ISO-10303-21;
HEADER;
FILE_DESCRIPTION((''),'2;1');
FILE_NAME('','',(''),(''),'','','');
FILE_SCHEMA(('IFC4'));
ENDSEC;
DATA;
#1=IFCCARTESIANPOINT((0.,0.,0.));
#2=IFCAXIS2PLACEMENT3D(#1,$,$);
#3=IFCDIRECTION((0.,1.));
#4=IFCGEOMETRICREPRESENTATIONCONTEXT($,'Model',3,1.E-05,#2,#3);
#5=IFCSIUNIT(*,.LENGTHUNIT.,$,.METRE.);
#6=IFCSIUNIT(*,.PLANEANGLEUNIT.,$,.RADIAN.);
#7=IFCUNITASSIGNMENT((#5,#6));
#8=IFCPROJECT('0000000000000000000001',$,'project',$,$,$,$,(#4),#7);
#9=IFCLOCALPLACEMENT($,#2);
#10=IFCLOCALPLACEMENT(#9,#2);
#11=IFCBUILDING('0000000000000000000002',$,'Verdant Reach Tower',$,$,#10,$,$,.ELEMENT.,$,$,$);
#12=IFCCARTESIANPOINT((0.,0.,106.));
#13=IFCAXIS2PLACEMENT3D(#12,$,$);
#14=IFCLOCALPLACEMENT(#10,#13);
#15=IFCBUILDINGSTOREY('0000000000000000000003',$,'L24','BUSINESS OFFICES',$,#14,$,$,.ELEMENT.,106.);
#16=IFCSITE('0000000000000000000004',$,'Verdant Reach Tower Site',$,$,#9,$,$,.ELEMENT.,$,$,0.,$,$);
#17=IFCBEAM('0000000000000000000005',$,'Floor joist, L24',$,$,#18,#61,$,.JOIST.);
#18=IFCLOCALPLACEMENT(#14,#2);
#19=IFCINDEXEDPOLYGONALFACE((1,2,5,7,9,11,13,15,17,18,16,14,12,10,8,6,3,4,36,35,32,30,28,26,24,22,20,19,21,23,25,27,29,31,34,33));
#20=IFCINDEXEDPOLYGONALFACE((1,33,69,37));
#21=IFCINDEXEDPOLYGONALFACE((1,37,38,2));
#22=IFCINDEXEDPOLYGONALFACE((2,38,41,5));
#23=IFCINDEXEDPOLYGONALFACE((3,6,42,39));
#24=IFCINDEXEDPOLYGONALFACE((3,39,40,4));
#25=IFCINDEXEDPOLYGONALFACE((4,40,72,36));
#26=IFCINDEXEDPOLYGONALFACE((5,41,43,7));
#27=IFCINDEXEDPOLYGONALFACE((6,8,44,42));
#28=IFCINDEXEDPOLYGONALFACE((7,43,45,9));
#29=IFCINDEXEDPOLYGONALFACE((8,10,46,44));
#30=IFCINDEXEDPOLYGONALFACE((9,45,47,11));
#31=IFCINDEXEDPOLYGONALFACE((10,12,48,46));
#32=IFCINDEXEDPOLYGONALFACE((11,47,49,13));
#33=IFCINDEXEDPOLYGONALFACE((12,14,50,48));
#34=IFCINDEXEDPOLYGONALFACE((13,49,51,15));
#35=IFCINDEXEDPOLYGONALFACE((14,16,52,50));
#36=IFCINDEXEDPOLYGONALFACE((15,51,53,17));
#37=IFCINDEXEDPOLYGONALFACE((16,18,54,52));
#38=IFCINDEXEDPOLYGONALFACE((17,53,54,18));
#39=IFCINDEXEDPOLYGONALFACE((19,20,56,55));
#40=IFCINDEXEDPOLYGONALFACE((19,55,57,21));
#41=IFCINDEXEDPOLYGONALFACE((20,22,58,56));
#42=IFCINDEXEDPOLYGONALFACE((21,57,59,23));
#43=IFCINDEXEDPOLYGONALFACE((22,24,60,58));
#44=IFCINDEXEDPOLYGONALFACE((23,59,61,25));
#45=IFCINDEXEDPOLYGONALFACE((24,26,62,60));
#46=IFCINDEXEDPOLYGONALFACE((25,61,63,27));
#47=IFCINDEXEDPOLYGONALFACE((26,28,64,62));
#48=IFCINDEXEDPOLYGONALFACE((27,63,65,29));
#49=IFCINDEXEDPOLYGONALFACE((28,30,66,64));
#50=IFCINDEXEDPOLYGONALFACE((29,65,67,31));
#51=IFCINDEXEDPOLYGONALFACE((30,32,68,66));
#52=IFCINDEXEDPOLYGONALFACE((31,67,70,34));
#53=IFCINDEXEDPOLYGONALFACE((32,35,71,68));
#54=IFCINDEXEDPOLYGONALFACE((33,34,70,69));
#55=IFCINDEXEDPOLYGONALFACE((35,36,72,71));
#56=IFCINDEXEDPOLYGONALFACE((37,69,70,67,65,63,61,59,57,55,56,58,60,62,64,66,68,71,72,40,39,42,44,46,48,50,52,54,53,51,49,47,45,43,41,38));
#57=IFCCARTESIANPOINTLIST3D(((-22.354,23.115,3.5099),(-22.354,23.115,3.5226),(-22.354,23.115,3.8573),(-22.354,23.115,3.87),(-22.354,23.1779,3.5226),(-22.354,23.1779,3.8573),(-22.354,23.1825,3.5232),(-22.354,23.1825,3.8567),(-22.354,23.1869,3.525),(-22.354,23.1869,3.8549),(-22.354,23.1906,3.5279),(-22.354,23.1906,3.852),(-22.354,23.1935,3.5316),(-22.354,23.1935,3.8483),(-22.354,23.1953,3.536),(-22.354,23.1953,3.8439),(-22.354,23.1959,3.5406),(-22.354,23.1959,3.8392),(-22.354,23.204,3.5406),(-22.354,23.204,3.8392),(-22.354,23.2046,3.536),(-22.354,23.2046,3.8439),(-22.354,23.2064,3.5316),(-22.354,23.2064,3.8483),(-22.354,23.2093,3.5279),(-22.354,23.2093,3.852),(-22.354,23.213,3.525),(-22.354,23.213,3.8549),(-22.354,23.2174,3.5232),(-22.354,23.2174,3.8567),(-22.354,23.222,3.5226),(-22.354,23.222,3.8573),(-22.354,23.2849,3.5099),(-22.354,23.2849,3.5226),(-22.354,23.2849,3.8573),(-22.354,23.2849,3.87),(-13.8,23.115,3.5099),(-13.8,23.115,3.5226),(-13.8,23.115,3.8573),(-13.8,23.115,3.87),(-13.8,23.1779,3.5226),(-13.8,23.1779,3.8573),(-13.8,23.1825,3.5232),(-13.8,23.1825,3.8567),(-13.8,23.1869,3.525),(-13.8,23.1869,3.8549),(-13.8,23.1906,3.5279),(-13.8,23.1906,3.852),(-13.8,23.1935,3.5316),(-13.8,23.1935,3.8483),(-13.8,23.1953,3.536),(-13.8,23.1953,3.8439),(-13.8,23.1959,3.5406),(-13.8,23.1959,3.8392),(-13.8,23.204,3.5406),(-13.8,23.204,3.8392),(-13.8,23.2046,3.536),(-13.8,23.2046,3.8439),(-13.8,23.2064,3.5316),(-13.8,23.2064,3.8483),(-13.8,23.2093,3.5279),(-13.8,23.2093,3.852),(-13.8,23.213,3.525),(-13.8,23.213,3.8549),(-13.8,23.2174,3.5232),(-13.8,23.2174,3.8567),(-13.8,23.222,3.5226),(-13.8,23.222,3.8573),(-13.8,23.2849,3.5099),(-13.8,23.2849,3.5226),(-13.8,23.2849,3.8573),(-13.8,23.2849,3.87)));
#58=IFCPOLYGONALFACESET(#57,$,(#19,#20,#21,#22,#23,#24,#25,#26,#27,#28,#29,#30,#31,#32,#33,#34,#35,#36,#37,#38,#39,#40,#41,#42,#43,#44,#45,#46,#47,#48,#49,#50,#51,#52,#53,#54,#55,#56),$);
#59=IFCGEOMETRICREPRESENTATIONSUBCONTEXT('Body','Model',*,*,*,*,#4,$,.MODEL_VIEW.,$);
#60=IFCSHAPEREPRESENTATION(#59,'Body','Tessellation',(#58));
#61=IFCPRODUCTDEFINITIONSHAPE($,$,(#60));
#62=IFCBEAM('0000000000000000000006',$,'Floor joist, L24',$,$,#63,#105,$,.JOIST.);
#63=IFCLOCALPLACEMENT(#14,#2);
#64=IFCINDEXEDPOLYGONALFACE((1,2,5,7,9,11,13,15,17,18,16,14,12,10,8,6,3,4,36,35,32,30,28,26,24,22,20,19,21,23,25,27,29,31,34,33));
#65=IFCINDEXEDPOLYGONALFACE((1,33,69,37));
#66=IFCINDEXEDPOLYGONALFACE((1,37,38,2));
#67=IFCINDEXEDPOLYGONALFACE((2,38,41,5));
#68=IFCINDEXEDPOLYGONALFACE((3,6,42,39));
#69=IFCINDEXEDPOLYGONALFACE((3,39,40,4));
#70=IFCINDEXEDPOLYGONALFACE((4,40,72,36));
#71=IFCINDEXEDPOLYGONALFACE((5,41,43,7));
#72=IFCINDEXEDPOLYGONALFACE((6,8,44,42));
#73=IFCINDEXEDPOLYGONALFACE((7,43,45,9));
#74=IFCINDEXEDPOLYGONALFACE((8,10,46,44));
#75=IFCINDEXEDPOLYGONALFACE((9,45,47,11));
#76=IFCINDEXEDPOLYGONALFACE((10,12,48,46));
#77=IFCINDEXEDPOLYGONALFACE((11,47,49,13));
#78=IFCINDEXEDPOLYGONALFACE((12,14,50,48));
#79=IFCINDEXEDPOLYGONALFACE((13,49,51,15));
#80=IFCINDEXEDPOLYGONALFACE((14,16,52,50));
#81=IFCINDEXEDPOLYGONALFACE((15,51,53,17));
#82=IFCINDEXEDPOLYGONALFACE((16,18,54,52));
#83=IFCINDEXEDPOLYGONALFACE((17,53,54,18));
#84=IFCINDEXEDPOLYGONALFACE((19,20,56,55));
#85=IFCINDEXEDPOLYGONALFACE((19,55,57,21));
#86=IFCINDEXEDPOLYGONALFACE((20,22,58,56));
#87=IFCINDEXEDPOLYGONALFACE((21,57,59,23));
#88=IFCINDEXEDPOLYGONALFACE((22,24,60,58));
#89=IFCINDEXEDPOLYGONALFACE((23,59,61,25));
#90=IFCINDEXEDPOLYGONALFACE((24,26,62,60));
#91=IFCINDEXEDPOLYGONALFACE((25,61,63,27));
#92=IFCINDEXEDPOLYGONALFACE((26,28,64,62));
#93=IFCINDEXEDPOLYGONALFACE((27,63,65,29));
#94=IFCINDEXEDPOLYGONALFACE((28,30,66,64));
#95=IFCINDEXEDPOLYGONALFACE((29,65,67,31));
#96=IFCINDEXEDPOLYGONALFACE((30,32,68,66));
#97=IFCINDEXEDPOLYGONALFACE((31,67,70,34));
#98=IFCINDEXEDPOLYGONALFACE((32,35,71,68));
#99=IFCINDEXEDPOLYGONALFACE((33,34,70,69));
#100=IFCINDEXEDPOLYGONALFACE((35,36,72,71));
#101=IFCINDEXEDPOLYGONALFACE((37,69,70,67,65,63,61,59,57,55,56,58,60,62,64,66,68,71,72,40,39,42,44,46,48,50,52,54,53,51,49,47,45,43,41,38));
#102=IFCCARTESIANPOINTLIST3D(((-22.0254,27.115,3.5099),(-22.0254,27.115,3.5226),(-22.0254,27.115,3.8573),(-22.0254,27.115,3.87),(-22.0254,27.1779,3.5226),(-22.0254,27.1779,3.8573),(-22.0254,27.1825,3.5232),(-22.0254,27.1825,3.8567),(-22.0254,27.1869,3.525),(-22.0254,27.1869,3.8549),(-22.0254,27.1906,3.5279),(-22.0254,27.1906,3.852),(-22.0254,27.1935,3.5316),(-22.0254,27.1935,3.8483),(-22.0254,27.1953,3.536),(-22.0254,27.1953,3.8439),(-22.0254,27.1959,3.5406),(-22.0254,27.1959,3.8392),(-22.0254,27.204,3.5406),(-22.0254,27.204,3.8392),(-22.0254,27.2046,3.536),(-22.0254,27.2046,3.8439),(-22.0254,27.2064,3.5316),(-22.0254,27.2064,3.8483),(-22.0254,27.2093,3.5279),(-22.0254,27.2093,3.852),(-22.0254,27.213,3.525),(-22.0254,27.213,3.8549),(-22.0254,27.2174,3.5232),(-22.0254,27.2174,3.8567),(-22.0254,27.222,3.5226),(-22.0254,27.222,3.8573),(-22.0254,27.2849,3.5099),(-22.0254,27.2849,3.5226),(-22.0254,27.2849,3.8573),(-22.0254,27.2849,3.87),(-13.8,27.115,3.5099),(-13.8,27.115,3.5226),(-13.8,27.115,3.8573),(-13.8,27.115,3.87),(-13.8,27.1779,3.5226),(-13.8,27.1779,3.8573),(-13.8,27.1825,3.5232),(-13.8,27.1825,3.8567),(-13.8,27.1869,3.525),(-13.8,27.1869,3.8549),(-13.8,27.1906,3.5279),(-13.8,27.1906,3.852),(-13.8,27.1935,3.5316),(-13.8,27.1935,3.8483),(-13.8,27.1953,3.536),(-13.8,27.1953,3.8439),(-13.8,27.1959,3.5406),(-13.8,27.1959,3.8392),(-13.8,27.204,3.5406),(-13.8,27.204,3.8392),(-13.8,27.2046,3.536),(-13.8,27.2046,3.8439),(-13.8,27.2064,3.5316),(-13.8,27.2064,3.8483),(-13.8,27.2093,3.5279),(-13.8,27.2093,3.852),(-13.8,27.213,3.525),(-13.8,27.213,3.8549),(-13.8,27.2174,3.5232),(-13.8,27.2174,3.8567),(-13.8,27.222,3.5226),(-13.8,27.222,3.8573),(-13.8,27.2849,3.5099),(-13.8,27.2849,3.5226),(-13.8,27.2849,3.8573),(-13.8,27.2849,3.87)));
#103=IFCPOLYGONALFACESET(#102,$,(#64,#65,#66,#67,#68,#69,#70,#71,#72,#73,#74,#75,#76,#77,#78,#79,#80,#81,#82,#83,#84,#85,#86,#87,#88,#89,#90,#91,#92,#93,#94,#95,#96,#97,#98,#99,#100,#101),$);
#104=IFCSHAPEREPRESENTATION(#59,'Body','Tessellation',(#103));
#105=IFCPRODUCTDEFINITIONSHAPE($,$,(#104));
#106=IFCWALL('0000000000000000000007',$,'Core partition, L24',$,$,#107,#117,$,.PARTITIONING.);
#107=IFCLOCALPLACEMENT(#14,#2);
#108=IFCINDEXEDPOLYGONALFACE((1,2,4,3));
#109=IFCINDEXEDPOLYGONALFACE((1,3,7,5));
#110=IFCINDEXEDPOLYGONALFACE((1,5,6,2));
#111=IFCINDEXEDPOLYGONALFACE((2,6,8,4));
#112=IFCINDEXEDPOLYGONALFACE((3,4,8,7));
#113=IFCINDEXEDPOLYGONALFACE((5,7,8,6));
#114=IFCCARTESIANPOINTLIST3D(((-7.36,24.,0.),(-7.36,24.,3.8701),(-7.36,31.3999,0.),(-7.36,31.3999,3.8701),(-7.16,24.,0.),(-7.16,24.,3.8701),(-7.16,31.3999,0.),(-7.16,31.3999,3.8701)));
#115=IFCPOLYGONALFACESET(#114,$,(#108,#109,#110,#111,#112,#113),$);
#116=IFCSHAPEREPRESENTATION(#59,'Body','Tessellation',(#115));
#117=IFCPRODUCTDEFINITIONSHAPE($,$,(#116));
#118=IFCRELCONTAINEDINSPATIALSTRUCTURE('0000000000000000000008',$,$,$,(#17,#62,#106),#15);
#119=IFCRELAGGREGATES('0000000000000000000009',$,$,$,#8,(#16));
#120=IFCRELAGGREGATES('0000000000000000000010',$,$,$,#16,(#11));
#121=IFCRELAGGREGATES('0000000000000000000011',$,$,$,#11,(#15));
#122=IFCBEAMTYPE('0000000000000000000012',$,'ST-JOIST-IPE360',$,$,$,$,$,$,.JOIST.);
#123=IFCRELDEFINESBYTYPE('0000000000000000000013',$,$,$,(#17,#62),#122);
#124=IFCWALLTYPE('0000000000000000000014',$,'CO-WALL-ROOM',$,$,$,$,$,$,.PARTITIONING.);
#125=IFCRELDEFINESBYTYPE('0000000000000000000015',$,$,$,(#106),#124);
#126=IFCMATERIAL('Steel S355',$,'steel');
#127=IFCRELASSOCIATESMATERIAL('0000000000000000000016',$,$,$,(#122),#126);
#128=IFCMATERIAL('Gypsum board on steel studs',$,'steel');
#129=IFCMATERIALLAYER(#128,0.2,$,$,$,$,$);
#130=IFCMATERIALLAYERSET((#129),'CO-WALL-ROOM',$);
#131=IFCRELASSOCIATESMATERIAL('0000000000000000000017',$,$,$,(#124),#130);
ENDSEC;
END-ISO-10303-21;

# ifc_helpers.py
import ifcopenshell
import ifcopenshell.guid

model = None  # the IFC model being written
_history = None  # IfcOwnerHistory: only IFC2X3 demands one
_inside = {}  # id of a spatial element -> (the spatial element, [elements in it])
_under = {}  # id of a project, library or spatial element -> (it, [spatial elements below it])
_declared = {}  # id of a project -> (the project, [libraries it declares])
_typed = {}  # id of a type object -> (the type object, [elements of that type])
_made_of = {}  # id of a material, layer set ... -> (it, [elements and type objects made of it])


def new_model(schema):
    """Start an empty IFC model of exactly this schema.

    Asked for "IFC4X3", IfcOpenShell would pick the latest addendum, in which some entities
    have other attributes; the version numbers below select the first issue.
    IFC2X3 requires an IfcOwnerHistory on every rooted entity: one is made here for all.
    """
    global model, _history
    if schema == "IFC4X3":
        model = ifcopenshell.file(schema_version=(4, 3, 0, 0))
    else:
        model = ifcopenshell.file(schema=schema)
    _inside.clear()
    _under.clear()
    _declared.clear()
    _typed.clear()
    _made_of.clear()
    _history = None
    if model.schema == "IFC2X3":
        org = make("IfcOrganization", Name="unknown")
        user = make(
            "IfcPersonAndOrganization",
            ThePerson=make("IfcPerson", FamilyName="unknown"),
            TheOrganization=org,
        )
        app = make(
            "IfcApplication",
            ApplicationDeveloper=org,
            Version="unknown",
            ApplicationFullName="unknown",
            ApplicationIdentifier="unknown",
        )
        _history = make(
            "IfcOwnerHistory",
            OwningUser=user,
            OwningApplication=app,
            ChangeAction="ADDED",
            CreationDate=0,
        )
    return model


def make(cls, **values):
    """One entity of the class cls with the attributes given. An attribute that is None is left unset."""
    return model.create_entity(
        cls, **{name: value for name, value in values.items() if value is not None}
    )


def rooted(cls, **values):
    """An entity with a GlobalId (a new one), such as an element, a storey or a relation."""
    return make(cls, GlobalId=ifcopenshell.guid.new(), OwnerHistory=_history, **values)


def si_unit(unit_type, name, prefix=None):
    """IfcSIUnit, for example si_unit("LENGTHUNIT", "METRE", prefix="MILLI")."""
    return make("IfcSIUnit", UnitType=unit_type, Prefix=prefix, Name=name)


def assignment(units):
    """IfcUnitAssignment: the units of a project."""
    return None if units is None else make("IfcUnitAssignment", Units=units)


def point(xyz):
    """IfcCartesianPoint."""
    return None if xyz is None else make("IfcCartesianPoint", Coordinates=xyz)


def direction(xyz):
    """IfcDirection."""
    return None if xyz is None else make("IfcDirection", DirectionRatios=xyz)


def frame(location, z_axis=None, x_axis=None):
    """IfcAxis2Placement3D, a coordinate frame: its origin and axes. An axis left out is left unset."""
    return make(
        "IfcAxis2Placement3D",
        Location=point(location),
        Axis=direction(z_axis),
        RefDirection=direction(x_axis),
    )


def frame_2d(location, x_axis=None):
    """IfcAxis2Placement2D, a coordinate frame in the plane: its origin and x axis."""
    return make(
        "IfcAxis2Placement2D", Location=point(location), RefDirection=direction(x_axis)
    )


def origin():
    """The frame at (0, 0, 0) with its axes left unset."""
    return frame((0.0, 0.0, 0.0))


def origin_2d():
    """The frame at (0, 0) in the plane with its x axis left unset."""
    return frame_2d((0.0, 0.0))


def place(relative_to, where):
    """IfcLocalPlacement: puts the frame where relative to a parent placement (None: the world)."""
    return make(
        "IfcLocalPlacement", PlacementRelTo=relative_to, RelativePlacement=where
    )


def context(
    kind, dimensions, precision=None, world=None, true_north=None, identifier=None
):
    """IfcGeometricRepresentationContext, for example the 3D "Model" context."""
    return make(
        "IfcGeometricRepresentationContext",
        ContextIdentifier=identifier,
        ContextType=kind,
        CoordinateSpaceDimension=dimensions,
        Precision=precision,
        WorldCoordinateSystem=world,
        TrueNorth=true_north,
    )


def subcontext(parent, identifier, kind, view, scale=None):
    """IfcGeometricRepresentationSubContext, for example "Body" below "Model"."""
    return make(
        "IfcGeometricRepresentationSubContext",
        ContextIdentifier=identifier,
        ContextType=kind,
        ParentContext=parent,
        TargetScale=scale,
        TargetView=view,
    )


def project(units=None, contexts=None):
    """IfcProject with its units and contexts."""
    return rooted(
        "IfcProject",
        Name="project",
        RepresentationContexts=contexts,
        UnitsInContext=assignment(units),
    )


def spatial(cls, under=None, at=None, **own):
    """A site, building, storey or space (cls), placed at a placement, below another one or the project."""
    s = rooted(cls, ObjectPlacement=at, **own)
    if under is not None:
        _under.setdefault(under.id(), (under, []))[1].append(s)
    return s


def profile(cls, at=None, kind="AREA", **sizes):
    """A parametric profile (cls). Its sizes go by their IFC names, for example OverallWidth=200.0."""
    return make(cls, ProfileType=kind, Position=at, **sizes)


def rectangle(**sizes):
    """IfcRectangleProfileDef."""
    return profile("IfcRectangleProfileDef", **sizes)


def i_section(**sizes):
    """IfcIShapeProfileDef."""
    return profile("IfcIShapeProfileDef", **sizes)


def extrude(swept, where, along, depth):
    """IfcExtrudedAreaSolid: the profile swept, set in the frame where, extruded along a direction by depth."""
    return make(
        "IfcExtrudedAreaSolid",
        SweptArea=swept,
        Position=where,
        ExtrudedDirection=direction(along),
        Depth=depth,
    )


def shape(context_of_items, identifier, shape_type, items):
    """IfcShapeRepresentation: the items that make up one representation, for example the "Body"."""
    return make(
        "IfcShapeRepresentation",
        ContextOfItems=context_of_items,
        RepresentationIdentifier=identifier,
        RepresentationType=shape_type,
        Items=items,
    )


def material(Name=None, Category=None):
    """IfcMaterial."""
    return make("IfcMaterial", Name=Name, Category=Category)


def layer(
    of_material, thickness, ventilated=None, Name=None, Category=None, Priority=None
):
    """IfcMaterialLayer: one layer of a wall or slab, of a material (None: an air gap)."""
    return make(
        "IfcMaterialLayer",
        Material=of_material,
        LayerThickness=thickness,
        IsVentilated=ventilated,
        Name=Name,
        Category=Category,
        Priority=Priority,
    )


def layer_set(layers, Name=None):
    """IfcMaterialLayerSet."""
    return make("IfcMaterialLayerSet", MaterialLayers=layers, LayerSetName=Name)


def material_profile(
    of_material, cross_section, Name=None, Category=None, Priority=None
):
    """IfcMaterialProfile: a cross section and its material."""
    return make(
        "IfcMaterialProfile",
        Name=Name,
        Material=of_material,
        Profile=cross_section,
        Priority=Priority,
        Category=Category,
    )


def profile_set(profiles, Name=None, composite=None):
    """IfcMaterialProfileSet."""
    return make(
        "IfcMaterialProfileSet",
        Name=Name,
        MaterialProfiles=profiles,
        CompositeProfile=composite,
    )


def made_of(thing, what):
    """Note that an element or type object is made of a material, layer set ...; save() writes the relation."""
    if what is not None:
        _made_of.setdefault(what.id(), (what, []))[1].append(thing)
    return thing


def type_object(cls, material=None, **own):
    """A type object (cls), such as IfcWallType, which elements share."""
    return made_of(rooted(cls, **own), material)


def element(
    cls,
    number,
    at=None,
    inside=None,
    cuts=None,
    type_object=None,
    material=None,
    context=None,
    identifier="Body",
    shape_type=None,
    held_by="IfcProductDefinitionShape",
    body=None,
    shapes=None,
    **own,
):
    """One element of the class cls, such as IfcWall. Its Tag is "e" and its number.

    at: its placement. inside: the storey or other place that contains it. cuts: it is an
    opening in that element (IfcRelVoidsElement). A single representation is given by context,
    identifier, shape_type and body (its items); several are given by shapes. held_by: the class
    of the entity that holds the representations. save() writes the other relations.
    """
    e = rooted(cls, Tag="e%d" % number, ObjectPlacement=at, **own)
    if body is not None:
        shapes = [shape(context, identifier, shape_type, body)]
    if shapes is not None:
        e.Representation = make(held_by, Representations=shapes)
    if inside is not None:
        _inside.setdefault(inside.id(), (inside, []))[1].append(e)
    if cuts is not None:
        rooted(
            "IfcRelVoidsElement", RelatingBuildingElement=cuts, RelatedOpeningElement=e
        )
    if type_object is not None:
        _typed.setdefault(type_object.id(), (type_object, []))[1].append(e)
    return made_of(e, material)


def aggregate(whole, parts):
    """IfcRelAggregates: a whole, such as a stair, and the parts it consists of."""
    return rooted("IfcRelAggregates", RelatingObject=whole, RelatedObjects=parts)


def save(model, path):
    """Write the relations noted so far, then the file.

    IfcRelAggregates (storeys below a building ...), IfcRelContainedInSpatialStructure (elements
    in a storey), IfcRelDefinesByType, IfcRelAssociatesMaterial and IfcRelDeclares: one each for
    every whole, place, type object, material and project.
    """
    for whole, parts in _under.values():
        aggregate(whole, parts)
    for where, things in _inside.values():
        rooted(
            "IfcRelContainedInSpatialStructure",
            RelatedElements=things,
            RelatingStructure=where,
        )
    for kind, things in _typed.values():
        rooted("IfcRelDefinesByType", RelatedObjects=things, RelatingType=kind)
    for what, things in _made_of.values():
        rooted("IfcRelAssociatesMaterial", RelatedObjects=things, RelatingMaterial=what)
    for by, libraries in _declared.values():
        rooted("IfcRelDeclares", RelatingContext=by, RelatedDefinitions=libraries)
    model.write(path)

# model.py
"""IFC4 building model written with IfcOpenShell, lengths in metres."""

from ifc_helpers import new_model, si_unit, direction, frame, frame_2d, origin, origin_2d, place, context, subcontext, project, spatial, rectangle, i_section, extrude, material, layer, layer_set, material_profile, profile_set, type_object, element, save


model = new_model("IFC4")

# Units and contexts
model_context = context("Model", 3, precision=1e-05, world=origin(), true_north=direction((0.0, 1.0)))
body_context = subcontext(model_context, "Body", "Model", "MODEL_VIEW")
ifc_project = project(units=[si_unit("LENGTHUNIT", "METRE"), si_unit("PLANEANGLEUNIT", "RADIAN")], contexts=[model_context])

# Site, building, storey
site_placement = place(None, origin())
site = spatial("IfcSite", under=ifc_project, at=site_placement, Name="Verdant Reach Tower Site", CompositionType="ELEMENT", RefElevation=0.0)
building_placement = place(site_placement, origin())
building = spatial("IfcBuilding", under=site, at=building_placement, Name="Verdant Reach Tower", CompositionType="ELEMENT")
storey_placement = place(building_placement, frame((0.0, 0.0, 106.0)))
storey = spatial("IfcBuildingStorey", under=building, at=storey_placement, Name="L24", Description="BUSINESS OFFICES", CompositionType="ELEMENT", Elevation=106.0)

# Beams
ifc_material_1 = material(Name="Steel S355", Category="steel")
ifc_material_profile = material_profile(ifc_material_1, i_section(OverallWidth=0.1699, OverallDepth=0.3601, WebThickness=0.0081, FlangeThickness=0.0127, FilletRadius=0.0181, at=origin_2d()), Name="IPE 360")
ifc_profile_set = profile_set([ifc_material_profile], Name="Steel S355")
beam_type = type_object("IfcBeamType", Name="ST-JOIST-IPE360", PredefinedType="JOIST", material=ifc_profile_set)
beam_1_placement = place(storey_placement, frame((-13.8, 23.2, 3.6899), z_axis=(-1.0, 0.0, 0.0), x_axis=(0.0, -1.0, 0.0)))
element("IfcBeam", 1, at=beam_1_placement, inside=storey, type_object=beam_type, Name="Floor joist, L24", PredefinedType="JOIST", context=body_context, shape_type="SweptSolid", body=[
    extrude(i_section(OverallWidth=0.1699, OverallDepth=0.3601, WebThickness=0.0081, FlangeThickness=0.0127, FilletRadius=0.0181, at=origin_2d()), origin(), (0.0, 0.0, 1.0), 8.554),
])
beam_2_placement = place(storey_placement, frame((-13.8, 27.2, 3.6899), z_axis=(-1.0, 0.0, 0.0), x_axis=(0.0, -1.0, 0.0)))
element("IfcBeam", 2, at=beam_2_placement, inside=storey, type_object=beam_type, Name="Floor joist, L24", PredefinedType="JOIST", context=body_context, shape_type="SweptSolid", body=[
    extrude(i_section(OverallWidth=0.1699, OverallDepth=0.3601, WebThickness=0.0081, FlangeThickness=0.0127, FilletRadius=0.0181, at=origin_2d()), origin(), (0.0, 0.0, 1.0), 8.2253),
])

# Wall
ifc_material_2 = material(Name="Gypsum board on steel studs", Category="steel")
ifc_layer_1 = layer(ifc_material_2, 0.2)
ifc_layer_set_1 = layer_set([ifc_layer_1], Name="CO-WALL-ROOM")
wall_type_1 = type_object("IfcWallType", Name="CO-WALL-ROOM", PredefinedType="PARTITIONING", material=ifc_layer_set_1)
wall_1_placement = place(storey_placement, frame((-7.26, 24.0, 0.0), z_axis=(0.0, 0.0, 1.0), x_axis=(0.0, 1.0, 0.0)))
element("IfcWall", 3, at=wall_1_placement, inside=storey, type_object=wall_type_1, Name="Core partition, L24", PredefinedType="PARTITIONING", context=body_context, shape_type="SweptSolid", body=[
    extrude(rectangle(XDim=7.3999, YDim=0.2, at=frame_2d((3.7, 0.0))), origin(), (0.0, 0.0, 1.0), 3.8701),
])

save(model, "model.ifc")
